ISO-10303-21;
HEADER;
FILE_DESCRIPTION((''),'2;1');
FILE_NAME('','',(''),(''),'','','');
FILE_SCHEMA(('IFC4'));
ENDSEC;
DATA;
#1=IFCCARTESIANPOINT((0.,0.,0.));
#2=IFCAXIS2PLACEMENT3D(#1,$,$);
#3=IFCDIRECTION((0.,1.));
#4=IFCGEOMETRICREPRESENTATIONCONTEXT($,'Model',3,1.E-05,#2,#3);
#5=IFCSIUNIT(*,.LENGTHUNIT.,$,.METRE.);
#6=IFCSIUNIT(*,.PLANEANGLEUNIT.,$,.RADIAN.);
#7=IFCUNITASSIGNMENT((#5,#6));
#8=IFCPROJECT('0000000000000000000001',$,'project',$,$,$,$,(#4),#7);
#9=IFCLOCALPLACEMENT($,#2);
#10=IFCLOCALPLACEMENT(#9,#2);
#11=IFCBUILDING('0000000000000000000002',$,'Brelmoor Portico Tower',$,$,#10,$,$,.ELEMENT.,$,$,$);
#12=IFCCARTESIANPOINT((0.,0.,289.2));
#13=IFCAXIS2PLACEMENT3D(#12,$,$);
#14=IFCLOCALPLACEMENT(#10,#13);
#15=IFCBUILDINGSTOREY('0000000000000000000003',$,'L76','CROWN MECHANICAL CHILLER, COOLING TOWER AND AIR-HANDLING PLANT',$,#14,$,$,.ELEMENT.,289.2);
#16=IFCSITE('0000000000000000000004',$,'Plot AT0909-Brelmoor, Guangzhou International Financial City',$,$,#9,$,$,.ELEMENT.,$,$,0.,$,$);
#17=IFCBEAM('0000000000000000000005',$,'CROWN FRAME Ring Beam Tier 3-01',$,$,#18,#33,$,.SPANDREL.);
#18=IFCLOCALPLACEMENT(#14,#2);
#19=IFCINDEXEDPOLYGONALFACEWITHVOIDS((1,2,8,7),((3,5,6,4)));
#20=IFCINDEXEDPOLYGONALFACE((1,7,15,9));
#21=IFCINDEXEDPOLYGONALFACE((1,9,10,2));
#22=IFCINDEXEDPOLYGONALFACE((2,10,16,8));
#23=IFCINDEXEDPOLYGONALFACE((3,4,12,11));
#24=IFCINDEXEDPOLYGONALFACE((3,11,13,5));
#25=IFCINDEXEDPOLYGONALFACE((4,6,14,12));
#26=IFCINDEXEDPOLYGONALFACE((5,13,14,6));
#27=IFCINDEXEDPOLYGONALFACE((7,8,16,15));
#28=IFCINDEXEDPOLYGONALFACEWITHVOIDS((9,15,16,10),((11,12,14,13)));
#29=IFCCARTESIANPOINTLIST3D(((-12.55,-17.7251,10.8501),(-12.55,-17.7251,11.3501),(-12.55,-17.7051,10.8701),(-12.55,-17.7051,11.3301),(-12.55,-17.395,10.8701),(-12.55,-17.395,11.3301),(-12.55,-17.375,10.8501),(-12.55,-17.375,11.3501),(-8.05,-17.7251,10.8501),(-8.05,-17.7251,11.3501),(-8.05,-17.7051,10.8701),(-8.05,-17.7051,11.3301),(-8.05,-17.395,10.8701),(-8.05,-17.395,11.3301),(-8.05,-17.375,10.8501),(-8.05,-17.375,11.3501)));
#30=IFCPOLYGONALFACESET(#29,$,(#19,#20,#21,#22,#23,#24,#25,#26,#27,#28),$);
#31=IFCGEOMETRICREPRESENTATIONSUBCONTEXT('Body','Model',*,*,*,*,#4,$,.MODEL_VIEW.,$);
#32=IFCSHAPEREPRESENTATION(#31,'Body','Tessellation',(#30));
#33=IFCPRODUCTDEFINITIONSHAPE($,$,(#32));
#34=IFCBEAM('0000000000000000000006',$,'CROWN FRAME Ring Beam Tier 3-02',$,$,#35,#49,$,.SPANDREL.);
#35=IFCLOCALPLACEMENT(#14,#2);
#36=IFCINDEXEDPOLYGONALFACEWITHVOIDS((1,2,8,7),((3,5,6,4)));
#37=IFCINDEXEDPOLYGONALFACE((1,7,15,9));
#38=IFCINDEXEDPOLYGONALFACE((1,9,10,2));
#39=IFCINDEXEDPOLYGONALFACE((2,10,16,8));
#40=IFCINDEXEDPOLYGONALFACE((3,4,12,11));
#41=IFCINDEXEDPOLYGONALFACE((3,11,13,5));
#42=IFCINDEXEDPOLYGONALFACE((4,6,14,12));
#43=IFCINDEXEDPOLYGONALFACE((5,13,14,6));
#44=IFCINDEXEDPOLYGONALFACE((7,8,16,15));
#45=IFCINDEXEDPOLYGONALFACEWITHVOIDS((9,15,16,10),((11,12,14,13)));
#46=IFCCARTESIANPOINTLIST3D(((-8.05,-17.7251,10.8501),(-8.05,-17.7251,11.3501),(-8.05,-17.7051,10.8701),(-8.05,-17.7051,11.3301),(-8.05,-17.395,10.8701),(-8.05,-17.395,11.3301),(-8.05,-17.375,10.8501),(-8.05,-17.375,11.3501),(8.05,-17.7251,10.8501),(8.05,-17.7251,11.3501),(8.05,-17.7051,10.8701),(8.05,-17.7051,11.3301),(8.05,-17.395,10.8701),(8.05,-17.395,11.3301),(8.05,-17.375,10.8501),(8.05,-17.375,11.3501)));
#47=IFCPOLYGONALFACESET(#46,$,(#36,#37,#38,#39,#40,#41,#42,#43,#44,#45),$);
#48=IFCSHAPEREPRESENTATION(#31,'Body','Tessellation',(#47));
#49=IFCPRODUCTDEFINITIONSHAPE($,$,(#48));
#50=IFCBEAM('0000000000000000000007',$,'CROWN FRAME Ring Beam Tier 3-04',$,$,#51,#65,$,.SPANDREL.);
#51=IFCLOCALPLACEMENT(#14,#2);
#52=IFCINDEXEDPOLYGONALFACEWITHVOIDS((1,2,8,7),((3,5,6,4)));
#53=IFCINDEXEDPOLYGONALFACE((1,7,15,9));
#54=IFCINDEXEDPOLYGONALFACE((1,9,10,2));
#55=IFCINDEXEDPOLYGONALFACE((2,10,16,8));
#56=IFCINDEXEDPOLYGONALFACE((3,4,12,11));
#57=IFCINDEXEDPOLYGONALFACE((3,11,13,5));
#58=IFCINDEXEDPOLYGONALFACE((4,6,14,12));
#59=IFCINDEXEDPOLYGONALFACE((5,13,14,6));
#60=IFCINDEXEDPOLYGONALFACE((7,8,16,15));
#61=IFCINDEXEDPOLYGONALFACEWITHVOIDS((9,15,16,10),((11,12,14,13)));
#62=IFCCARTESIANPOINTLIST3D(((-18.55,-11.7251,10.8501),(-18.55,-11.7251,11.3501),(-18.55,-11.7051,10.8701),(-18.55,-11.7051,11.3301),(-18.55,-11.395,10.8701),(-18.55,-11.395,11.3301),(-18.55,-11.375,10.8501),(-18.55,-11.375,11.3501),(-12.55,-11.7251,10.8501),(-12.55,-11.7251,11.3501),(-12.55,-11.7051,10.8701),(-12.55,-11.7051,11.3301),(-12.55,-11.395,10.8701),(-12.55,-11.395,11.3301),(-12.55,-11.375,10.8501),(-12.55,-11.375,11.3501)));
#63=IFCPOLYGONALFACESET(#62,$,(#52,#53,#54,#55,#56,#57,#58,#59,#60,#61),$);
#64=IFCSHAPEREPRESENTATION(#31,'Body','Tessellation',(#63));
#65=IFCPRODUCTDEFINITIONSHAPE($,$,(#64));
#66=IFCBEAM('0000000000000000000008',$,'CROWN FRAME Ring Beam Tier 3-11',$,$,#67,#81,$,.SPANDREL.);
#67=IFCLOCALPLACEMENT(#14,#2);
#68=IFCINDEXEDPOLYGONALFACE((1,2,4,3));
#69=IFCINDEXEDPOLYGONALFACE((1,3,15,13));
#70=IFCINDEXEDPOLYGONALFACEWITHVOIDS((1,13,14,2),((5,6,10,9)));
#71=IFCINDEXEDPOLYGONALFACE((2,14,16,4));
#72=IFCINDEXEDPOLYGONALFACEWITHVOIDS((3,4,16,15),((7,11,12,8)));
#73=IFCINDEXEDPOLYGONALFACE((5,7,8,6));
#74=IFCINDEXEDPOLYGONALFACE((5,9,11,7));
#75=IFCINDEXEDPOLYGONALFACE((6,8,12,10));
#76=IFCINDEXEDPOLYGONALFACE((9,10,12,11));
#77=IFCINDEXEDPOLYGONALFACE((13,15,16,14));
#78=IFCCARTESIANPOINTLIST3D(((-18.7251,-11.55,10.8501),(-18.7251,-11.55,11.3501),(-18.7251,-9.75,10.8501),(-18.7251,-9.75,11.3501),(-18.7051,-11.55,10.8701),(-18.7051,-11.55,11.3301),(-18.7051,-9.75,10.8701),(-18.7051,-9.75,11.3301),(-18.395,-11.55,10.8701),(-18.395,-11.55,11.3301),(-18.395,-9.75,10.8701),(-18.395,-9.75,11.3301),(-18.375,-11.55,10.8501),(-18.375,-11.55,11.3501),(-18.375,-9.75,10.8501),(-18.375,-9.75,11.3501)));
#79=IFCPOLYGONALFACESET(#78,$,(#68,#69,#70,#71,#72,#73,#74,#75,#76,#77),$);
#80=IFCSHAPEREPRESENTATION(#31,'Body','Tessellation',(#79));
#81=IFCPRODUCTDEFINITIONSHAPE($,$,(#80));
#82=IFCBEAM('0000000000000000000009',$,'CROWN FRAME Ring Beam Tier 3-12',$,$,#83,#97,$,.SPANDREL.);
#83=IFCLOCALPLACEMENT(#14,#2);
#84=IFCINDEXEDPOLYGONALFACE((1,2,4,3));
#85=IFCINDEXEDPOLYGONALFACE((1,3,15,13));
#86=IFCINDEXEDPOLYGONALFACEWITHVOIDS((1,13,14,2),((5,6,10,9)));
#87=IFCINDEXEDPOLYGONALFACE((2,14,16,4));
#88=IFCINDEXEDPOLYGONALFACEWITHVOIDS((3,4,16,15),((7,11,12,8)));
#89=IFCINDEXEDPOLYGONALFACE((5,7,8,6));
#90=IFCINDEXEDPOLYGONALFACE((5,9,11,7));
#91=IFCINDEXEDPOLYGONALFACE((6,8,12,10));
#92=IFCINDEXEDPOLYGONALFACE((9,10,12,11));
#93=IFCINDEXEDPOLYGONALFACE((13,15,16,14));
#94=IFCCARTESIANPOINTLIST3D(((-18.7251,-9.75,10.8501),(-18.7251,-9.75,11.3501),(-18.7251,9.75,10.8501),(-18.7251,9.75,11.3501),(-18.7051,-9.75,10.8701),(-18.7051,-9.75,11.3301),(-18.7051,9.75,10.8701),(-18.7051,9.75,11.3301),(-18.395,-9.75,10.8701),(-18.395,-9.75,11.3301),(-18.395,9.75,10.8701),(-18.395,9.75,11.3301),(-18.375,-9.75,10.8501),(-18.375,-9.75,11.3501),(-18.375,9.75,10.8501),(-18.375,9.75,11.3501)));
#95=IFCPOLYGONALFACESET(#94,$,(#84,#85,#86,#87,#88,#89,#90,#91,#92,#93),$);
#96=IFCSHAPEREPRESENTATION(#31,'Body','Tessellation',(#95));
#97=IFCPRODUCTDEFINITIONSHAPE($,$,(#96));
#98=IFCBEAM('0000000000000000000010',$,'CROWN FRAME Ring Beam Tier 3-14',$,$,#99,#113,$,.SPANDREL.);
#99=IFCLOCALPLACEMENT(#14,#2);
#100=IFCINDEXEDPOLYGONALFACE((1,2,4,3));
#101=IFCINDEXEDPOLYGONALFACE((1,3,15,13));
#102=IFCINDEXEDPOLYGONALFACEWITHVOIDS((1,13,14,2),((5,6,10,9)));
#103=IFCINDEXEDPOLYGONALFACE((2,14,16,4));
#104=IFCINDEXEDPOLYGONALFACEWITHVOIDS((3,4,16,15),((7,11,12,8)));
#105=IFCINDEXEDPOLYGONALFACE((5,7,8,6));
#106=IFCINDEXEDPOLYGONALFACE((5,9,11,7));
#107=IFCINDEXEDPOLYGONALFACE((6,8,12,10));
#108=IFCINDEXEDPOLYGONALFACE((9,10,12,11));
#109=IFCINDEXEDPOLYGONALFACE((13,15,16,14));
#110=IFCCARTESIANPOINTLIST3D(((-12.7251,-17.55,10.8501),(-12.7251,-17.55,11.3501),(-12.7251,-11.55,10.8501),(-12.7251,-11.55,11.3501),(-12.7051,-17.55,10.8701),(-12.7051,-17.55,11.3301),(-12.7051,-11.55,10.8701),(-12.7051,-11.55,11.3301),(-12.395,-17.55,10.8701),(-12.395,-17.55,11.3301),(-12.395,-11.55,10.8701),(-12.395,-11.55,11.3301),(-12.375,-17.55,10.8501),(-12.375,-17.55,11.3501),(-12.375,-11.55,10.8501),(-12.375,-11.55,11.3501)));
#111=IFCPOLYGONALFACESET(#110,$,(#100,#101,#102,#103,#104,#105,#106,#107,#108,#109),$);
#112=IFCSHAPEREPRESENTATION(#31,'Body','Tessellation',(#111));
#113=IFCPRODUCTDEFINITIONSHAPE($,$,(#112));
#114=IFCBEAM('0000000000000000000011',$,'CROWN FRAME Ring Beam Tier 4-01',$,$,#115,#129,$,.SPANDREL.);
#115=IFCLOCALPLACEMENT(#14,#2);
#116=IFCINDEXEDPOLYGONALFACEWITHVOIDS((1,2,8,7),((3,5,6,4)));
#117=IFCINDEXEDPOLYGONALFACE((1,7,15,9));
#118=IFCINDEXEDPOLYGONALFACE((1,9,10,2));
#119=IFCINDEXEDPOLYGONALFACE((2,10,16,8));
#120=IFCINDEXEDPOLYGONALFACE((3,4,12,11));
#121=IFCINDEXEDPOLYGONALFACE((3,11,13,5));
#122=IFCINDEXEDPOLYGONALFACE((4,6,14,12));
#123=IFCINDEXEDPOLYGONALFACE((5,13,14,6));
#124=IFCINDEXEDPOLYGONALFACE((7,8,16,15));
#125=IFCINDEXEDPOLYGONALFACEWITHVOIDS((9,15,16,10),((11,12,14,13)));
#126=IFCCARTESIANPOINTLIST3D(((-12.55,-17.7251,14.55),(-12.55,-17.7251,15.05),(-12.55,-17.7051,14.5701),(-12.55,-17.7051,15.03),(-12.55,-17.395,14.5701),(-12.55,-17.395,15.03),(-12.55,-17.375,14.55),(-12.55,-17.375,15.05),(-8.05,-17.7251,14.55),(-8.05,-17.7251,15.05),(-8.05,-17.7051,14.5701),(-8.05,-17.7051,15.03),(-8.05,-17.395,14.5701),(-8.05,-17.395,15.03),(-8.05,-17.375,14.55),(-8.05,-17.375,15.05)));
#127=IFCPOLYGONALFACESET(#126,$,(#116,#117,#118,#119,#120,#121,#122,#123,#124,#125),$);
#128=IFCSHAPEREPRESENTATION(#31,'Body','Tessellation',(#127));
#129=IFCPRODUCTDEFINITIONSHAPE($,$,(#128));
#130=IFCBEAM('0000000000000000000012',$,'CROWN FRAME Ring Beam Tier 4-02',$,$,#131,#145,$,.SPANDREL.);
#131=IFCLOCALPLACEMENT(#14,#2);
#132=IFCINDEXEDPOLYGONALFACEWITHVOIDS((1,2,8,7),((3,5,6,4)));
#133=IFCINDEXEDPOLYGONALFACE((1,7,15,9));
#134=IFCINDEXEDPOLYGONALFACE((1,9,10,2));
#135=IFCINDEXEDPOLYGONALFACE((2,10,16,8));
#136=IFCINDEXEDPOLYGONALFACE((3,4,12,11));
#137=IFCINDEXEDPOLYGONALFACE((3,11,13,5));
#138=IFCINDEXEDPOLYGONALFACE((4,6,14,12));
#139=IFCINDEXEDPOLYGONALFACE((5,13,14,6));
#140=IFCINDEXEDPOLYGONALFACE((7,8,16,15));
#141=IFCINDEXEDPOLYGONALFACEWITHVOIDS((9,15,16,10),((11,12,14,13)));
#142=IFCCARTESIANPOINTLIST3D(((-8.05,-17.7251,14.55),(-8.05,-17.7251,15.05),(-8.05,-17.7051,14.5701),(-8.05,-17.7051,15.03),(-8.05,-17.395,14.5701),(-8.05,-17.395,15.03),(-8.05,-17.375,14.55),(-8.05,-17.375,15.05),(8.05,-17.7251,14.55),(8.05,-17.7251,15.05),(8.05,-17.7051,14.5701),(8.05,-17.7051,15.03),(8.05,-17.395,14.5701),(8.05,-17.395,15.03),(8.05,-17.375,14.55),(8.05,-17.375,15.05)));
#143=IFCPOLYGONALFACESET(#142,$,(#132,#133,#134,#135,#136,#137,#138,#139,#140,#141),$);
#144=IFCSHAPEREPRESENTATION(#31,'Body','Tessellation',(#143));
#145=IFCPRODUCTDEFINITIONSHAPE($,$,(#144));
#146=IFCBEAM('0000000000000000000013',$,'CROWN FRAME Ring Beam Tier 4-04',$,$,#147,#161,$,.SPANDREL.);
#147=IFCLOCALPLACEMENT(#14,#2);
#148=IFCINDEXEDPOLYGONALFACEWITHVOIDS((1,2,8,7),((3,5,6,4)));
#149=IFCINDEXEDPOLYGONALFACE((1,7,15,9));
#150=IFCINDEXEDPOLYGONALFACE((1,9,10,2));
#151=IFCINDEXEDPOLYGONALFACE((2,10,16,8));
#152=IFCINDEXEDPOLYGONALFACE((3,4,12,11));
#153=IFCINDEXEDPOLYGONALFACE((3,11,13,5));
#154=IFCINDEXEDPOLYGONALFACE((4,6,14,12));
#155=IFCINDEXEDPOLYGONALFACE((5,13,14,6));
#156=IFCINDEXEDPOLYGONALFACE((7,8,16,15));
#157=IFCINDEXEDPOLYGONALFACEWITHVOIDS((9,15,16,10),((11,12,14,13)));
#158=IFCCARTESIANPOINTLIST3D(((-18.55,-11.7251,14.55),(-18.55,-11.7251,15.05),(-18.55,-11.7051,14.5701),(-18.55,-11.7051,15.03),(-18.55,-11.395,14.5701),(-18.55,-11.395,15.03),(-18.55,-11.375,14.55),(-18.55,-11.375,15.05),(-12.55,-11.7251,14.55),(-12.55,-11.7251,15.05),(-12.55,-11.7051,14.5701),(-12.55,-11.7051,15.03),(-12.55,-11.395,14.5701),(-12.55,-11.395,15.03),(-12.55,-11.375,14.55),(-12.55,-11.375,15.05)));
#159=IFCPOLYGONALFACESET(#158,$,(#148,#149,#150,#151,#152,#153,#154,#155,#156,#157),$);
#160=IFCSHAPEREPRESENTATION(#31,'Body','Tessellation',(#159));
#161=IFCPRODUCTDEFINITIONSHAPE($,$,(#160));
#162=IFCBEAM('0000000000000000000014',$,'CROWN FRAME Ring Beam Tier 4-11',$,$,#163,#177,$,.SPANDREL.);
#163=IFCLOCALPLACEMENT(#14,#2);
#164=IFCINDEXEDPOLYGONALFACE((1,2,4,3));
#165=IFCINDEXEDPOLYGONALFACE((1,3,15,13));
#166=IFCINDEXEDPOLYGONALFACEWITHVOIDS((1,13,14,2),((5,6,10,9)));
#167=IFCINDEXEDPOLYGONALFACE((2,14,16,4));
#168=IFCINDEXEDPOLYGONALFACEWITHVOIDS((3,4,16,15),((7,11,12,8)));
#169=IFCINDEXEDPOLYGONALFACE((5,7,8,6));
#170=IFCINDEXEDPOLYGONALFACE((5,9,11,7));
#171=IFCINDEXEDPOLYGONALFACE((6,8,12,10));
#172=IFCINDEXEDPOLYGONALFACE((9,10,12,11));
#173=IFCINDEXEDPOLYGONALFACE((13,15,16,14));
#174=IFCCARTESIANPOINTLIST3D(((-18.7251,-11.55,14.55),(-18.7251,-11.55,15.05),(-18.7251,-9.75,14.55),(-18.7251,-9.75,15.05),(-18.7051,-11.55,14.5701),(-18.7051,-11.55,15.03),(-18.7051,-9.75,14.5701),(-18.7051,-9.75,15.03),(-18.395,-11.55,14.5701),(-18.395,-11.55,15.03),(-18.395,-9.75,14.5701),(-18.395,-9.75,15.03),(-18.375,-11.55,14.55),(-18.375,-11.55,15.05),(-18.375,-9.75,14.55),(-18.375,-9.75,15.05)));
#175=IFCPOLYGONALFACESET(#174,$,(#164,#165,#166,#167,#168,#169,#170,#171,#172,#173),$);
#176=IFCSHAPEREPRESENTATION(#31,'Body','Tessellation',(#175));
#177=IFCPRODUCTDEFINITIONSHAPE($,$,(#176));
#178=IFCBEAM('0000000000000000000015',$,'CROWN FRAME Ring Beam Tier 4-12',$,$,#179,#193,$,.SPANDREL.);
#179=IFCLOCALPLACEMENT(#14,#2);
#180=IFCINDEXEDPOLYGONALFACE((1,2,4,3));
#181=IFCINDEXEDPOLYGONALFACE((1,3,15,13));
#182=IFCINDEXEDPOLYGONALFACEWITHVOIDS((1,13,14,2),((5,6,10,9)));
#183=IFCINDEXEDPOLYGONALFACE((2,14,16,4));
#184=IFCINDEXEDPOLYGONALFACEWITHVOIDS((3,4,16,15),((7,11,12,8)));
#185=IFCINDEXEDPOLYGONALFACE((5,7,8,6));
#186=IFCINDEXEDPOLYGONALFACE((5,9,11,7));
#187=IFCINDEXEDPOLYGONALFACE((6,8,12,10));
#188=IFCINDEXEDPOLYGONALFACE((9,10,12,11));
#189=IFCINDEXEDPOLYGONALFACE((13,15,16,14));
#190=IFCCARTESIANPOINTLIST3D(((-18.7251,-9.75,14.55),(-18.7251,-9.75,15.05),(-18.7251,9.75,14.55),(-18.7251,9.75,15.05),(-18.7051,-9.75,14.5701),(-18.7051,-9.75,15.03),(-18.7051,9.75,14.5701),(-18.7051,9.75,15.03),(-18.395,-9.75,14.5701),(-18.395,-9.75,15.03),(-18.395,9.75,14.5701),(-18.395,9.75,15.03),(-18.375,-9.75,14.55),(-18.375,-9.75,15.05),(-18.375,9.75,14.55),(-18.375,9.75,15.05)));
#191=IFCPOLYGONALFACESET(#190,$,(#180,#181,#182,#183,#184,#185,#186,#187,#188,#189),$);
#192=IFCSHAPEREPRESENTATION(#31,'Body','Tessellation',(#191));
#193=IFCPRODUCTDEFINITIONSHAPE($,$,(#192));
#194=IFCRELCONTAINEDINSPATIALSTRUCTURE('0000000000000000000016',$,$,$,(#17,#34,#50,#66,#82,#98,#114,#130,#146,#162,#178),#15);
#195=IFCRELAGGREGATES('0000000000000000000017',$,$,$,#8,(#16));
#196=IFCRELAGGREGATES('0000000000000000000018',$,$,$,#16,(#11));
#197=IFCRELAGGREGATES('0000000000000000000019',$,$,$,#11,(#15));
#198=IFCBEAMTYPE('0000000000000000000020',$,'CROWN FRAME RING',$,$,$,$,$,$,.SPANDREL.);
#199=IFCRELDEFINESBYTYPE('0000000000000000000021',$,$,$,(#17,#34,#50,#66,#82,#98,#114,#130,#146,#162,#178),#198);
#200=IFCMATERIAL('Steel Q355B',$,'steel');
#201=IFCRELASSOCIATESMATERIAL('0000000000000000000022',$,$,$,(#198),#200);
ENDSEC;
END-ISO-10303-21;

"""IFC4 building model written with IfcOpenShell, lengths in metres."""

from ifc_helpers import new_model, si_unit, direction, frame, origin, origin_2d, place, context, subcontext, project, spatial, hollow_rectangle, extrude, material, material_profile, profile_set, type_object, element, save


model = new_model("IFC4")

# Units and contexts
model_context = context("Model", 3, precision=1e-05, world=origin(), true_north=direction((0.0, 1.0)))
body_context = subcontext(model_context, "Body", "Model", "MODEL_VIEW")
ifc_project = project(units=[si_unit("LENGTHUNIT", "METRE"), si_unit("PLANEANGLEUNIT", "RADIAN")], contexts=[model_context])

# Site, building, storey
site_placement = place(None, origin())
site = spatial("IfcSite", under=ifc_project, at=site_placement, Name="Plot AT0909-Brelmoor, Guangzhou International Financial City", CompositionType="ELEMENT", RefElevation=0.0)
building_placement = place(site_placement, origin())
building = spatial("IfcBuilding", under=site, at=building_placement, Name="Brelmoor Portico Tower", CompositionType="ELEMENT")
storey_placement = place(building_placement, frame((0.0, 0.0, 289.2)))
storey = spatial("IfcBuildingStorey", under=building, at=storey_placement, Name="L76", Description="CROWN MECHANICAL CHILLER, COOLING TOWER AND AIR-HANDLING PLANT", CompositionType="ELEMENT", Elevation=289.2)

# Shared definitions
ifc_material_1 = material(Name="Steel Q355B", Category="steel")

# Beams
ifc_material_profile_1 = material_profile(ifc_material_1, hollow_rectangle(XDim=0.3501, YDim=0.5, WallThickness=0.02, at=origin_2d()), Name="RHS 350x500x20")
ifc_profile_set_1 = profile_set([ifc_material_profile_1], Name="Steel Q355B")
beam_type = type_object("IfcBeamType", Name="CROWN FRAME RING", PredefinedType="SPANDREL", material=ifc_profile_set_1)
beam_1_placement = place(storey_placement, frame((-12.55, -17.55, 11.1001), z_axis=(1.0, 0.0, 0.0), x_axis=(0.0, 1.0, 0.0)))
element("IfcBeam", 1, at=beam_1_placement, inside=storey, type_object=beam_type, Name="CROWN FRAME Ring Beam Tier 3-01", PredefinedType="SPANDREL", context=body_context, shape_type="SweptSolid", body=[
    extrude(hollow_rectangle(XDim=0.3501, YDim=0.5, WallThickness=0.02, at=origin_2d()), origin(), (0.0, 0.0, 1.0), 4.5),
])
beam_2_placement = place(storey_placement, frame((-8.05, -17.55, 11.1001), z_axis=(1.0, 0.0, 0.0), x_axis=(0.0, 1.0, 0.0)))
element("IfcBeam", 2, at=beam_2_placement, inside=storey, type_object=beam_type, Name="CROWN FRAME Ring Beam Tier 3-02", PredefinedType="SPANDREL", context=body_context, shape_type="SweptSolid", body=[
    extrude(hollow_rectangle(XDim=0.3501, YDim=0.5, WallThickness=0.02, at=origin_2d()), origin(), (0.0, 0.0, 1.0), 16.1001),
])
beam_3_placement = place(storey_placement, frame((-18.55, -11.55, 11.1001), z_axis=(1.0, 0.0, 0.0), x_axis=(0.0, 1.0, 0.0)))
element("IfcBeam", 3, at=beam_3_placement, inside=storey, type_object=beam_type, Name="CROWN FRAME Ring Beam Tier 3-04", PredefinedType="SPANDREL", context=body_context, shape_type="SweptSolid", body=[
    extrude(hollow_rectangle(XDim=0.3501, YDim=0.5, WallThickness=0.02, at=origin_2d()), origin(), (0.0, 0.0, 1.0), 6.0),
])
beam_4_placement = place(storey_placement, frame((-18.55, -11.55, 11.1001), z_axis=(0.0, 1.0, 0.0), x_axis=(-1.0, 0.0, 0.0)))
element("IfcBeam", 4, at=beam_4_placement, inside=storey, type_object=beam_type, Name="CROWN FRAME Ring Beam Tier 3-11", PredefinedType="SPANDREL", context=body_context, shape_type="SweptSolid", body=[
    extrude(hollow_rectangle(XDim=0.3501, YDim=0.5, WallThickness=0.02, at=origin_2d()), origin(), (0.0, 0.0, 1.0), 1.8),
])
beam_5_placement = place(storey_placement, frame((-18.55, -9.75, 11.1001), z_axis=(0.0, 1.0, 0.0), x_axis=(-1.0, 0.0, 0.0)))
element("IfcBeam", 5, at=beam_5_placement, inside=storey, type_object=beam_type, Name="CROWN FRAME Ring Beam Tier 3-12", PredefinedType="SPANDREL", context=body_context, shape_type="SweptSolid", body=[
    extrude(hollow_rectangle(XDim=0.3501, YDim=0.5, WallThickness=0.02, at=origin_2d()), origin(), (0.0, 0.0, 1.0), 19.5),
])
beam_6_placement = place(storey_placement, frame((-12.55, -17.55, 11.1001), z_axis=(0.0, 1.0, 0.0), x_axis=(-1.0, 0.0, 0.0)))
element("IfcBeam", 6, at=beam_6_placement, inside=storey, type_object=beam_type, Name="CROWN FRAME Ring Beam Tier 3-14", PredefinedType="SPANDREL", context=body_context, shape_type="SweptSolid", body=[
    extrude(hollow_rectangle(XDim=0.3501, YDim=0.5, WallThickness=0.02, at=origin_2d()), origin(), (0.0, 0.0, 1.0), 6.0),
])
beam_7_placement = place(storey_placement, frame((-12.55, -17.55, 14.8), z_axis=(1.0, 0.0, 0.0), x_axis=(0.0, 1.0, 0.0)))
element("IfcBeam", 7, at=beam_7_placement, inside=storey, type_object=beam_type, Name="CROWN FRAME Ring Beam Tier 4-01", PredefinedType="SPANDREL", context=body_context, shape_type="SweptSolid", body=[
    extrude(hollow_rectangle(XDim=0.3501, YDim=0.5, WallThickness=0.02, at=origin_2d()), origin(), (0.0, 0.0, 1.0), 4.5),
])
beam_8_placement = place(storey_placement, frame((-8.05, -17.55, 14.8), z_axis=(1.0, 0.0, 0.0), x_axis=(0.0, 1.0, 0.0)))
element("IfcBeam", 8, at=beam_8_placement, inside=storey, type_object=beam_type, Name="CROWN FRAME Ring Beam Tier 4-02", PredefinedType="SPANDREL", context=body_context, shape_type="SweptSolid", body=[
    extrude(hollow_rectangle(XDim=0.3501, YDim=0.5, WallThickness=0.02, at=origin_2d()), origin(), (0.0, 0.0, 1.0), 16.1001),
])
beam_9_placement = place(storey_placement, frame((-18.55, -11.55, 14.8), z_axis=(1.0, 0.0, 0.0), x_axis=(0.0, 1.0, 0.0)))
element("IfcBeam", 9, at=beam_9_placement, inside=storey, type_object=beam_type, Name="CROWN FRAME Ring Beam Tier 4-04", PredefinedType="SPANDREL", context=body_context, shape_type="SweptSolid", body=[
    extrude(hollow_rectangle(XDim=0.3501, YDim=0.5, WallThickness=0.02, at=origin_2d()), origin(), (0.0, 0.0, 1.0), 6.0),
])
beam_10_placement = place(storey_placement, frame((-18.55, -11.55, 14.8), z_axis=(0.0, 1.0, 0.0), x_axis=(-1.0, 0.0, 0.0)))
element("IfcBeam", 10, at=beam_10_placement, inside=storey, type_object=beam_type, Name="CROWN FRAME Ring Beam Tier 4-11", PredefinedType="SPANDREL", context=body_context, shape_type="SweptSolid", body=[
    extrude(hollow_rectangle(XDim=0.3501, YDim=0.5, WallThickness=0.02, at=origin_2d()), origin(), (0.0, 0.0, 1.0), 1.8),
])
beam_11_placement = place(storey_placement, frame((-18.55, -9.75, 14.8), z_axis=(0.0, 1.0, 0.0), x_axis=(-1.0, 0.0, 0.0)))
element("IfcBeam", 11, at=beam_11_placement, inside=storey, type_object=beam_type, Name="CROWN FRAME Ring Beam Tier 4-12", PredefinedType="SPANDREL", context=body_context, shape_type="SweptSolid", body=[
    extrude(hollow_rectangle(XDim=0.3501, YDim=0.5, WallThickness=0.02, at=origin_2d()), origin(), (0.0, 0.0, 1.0), 19.5),
])

save(model, "model.ifc")
